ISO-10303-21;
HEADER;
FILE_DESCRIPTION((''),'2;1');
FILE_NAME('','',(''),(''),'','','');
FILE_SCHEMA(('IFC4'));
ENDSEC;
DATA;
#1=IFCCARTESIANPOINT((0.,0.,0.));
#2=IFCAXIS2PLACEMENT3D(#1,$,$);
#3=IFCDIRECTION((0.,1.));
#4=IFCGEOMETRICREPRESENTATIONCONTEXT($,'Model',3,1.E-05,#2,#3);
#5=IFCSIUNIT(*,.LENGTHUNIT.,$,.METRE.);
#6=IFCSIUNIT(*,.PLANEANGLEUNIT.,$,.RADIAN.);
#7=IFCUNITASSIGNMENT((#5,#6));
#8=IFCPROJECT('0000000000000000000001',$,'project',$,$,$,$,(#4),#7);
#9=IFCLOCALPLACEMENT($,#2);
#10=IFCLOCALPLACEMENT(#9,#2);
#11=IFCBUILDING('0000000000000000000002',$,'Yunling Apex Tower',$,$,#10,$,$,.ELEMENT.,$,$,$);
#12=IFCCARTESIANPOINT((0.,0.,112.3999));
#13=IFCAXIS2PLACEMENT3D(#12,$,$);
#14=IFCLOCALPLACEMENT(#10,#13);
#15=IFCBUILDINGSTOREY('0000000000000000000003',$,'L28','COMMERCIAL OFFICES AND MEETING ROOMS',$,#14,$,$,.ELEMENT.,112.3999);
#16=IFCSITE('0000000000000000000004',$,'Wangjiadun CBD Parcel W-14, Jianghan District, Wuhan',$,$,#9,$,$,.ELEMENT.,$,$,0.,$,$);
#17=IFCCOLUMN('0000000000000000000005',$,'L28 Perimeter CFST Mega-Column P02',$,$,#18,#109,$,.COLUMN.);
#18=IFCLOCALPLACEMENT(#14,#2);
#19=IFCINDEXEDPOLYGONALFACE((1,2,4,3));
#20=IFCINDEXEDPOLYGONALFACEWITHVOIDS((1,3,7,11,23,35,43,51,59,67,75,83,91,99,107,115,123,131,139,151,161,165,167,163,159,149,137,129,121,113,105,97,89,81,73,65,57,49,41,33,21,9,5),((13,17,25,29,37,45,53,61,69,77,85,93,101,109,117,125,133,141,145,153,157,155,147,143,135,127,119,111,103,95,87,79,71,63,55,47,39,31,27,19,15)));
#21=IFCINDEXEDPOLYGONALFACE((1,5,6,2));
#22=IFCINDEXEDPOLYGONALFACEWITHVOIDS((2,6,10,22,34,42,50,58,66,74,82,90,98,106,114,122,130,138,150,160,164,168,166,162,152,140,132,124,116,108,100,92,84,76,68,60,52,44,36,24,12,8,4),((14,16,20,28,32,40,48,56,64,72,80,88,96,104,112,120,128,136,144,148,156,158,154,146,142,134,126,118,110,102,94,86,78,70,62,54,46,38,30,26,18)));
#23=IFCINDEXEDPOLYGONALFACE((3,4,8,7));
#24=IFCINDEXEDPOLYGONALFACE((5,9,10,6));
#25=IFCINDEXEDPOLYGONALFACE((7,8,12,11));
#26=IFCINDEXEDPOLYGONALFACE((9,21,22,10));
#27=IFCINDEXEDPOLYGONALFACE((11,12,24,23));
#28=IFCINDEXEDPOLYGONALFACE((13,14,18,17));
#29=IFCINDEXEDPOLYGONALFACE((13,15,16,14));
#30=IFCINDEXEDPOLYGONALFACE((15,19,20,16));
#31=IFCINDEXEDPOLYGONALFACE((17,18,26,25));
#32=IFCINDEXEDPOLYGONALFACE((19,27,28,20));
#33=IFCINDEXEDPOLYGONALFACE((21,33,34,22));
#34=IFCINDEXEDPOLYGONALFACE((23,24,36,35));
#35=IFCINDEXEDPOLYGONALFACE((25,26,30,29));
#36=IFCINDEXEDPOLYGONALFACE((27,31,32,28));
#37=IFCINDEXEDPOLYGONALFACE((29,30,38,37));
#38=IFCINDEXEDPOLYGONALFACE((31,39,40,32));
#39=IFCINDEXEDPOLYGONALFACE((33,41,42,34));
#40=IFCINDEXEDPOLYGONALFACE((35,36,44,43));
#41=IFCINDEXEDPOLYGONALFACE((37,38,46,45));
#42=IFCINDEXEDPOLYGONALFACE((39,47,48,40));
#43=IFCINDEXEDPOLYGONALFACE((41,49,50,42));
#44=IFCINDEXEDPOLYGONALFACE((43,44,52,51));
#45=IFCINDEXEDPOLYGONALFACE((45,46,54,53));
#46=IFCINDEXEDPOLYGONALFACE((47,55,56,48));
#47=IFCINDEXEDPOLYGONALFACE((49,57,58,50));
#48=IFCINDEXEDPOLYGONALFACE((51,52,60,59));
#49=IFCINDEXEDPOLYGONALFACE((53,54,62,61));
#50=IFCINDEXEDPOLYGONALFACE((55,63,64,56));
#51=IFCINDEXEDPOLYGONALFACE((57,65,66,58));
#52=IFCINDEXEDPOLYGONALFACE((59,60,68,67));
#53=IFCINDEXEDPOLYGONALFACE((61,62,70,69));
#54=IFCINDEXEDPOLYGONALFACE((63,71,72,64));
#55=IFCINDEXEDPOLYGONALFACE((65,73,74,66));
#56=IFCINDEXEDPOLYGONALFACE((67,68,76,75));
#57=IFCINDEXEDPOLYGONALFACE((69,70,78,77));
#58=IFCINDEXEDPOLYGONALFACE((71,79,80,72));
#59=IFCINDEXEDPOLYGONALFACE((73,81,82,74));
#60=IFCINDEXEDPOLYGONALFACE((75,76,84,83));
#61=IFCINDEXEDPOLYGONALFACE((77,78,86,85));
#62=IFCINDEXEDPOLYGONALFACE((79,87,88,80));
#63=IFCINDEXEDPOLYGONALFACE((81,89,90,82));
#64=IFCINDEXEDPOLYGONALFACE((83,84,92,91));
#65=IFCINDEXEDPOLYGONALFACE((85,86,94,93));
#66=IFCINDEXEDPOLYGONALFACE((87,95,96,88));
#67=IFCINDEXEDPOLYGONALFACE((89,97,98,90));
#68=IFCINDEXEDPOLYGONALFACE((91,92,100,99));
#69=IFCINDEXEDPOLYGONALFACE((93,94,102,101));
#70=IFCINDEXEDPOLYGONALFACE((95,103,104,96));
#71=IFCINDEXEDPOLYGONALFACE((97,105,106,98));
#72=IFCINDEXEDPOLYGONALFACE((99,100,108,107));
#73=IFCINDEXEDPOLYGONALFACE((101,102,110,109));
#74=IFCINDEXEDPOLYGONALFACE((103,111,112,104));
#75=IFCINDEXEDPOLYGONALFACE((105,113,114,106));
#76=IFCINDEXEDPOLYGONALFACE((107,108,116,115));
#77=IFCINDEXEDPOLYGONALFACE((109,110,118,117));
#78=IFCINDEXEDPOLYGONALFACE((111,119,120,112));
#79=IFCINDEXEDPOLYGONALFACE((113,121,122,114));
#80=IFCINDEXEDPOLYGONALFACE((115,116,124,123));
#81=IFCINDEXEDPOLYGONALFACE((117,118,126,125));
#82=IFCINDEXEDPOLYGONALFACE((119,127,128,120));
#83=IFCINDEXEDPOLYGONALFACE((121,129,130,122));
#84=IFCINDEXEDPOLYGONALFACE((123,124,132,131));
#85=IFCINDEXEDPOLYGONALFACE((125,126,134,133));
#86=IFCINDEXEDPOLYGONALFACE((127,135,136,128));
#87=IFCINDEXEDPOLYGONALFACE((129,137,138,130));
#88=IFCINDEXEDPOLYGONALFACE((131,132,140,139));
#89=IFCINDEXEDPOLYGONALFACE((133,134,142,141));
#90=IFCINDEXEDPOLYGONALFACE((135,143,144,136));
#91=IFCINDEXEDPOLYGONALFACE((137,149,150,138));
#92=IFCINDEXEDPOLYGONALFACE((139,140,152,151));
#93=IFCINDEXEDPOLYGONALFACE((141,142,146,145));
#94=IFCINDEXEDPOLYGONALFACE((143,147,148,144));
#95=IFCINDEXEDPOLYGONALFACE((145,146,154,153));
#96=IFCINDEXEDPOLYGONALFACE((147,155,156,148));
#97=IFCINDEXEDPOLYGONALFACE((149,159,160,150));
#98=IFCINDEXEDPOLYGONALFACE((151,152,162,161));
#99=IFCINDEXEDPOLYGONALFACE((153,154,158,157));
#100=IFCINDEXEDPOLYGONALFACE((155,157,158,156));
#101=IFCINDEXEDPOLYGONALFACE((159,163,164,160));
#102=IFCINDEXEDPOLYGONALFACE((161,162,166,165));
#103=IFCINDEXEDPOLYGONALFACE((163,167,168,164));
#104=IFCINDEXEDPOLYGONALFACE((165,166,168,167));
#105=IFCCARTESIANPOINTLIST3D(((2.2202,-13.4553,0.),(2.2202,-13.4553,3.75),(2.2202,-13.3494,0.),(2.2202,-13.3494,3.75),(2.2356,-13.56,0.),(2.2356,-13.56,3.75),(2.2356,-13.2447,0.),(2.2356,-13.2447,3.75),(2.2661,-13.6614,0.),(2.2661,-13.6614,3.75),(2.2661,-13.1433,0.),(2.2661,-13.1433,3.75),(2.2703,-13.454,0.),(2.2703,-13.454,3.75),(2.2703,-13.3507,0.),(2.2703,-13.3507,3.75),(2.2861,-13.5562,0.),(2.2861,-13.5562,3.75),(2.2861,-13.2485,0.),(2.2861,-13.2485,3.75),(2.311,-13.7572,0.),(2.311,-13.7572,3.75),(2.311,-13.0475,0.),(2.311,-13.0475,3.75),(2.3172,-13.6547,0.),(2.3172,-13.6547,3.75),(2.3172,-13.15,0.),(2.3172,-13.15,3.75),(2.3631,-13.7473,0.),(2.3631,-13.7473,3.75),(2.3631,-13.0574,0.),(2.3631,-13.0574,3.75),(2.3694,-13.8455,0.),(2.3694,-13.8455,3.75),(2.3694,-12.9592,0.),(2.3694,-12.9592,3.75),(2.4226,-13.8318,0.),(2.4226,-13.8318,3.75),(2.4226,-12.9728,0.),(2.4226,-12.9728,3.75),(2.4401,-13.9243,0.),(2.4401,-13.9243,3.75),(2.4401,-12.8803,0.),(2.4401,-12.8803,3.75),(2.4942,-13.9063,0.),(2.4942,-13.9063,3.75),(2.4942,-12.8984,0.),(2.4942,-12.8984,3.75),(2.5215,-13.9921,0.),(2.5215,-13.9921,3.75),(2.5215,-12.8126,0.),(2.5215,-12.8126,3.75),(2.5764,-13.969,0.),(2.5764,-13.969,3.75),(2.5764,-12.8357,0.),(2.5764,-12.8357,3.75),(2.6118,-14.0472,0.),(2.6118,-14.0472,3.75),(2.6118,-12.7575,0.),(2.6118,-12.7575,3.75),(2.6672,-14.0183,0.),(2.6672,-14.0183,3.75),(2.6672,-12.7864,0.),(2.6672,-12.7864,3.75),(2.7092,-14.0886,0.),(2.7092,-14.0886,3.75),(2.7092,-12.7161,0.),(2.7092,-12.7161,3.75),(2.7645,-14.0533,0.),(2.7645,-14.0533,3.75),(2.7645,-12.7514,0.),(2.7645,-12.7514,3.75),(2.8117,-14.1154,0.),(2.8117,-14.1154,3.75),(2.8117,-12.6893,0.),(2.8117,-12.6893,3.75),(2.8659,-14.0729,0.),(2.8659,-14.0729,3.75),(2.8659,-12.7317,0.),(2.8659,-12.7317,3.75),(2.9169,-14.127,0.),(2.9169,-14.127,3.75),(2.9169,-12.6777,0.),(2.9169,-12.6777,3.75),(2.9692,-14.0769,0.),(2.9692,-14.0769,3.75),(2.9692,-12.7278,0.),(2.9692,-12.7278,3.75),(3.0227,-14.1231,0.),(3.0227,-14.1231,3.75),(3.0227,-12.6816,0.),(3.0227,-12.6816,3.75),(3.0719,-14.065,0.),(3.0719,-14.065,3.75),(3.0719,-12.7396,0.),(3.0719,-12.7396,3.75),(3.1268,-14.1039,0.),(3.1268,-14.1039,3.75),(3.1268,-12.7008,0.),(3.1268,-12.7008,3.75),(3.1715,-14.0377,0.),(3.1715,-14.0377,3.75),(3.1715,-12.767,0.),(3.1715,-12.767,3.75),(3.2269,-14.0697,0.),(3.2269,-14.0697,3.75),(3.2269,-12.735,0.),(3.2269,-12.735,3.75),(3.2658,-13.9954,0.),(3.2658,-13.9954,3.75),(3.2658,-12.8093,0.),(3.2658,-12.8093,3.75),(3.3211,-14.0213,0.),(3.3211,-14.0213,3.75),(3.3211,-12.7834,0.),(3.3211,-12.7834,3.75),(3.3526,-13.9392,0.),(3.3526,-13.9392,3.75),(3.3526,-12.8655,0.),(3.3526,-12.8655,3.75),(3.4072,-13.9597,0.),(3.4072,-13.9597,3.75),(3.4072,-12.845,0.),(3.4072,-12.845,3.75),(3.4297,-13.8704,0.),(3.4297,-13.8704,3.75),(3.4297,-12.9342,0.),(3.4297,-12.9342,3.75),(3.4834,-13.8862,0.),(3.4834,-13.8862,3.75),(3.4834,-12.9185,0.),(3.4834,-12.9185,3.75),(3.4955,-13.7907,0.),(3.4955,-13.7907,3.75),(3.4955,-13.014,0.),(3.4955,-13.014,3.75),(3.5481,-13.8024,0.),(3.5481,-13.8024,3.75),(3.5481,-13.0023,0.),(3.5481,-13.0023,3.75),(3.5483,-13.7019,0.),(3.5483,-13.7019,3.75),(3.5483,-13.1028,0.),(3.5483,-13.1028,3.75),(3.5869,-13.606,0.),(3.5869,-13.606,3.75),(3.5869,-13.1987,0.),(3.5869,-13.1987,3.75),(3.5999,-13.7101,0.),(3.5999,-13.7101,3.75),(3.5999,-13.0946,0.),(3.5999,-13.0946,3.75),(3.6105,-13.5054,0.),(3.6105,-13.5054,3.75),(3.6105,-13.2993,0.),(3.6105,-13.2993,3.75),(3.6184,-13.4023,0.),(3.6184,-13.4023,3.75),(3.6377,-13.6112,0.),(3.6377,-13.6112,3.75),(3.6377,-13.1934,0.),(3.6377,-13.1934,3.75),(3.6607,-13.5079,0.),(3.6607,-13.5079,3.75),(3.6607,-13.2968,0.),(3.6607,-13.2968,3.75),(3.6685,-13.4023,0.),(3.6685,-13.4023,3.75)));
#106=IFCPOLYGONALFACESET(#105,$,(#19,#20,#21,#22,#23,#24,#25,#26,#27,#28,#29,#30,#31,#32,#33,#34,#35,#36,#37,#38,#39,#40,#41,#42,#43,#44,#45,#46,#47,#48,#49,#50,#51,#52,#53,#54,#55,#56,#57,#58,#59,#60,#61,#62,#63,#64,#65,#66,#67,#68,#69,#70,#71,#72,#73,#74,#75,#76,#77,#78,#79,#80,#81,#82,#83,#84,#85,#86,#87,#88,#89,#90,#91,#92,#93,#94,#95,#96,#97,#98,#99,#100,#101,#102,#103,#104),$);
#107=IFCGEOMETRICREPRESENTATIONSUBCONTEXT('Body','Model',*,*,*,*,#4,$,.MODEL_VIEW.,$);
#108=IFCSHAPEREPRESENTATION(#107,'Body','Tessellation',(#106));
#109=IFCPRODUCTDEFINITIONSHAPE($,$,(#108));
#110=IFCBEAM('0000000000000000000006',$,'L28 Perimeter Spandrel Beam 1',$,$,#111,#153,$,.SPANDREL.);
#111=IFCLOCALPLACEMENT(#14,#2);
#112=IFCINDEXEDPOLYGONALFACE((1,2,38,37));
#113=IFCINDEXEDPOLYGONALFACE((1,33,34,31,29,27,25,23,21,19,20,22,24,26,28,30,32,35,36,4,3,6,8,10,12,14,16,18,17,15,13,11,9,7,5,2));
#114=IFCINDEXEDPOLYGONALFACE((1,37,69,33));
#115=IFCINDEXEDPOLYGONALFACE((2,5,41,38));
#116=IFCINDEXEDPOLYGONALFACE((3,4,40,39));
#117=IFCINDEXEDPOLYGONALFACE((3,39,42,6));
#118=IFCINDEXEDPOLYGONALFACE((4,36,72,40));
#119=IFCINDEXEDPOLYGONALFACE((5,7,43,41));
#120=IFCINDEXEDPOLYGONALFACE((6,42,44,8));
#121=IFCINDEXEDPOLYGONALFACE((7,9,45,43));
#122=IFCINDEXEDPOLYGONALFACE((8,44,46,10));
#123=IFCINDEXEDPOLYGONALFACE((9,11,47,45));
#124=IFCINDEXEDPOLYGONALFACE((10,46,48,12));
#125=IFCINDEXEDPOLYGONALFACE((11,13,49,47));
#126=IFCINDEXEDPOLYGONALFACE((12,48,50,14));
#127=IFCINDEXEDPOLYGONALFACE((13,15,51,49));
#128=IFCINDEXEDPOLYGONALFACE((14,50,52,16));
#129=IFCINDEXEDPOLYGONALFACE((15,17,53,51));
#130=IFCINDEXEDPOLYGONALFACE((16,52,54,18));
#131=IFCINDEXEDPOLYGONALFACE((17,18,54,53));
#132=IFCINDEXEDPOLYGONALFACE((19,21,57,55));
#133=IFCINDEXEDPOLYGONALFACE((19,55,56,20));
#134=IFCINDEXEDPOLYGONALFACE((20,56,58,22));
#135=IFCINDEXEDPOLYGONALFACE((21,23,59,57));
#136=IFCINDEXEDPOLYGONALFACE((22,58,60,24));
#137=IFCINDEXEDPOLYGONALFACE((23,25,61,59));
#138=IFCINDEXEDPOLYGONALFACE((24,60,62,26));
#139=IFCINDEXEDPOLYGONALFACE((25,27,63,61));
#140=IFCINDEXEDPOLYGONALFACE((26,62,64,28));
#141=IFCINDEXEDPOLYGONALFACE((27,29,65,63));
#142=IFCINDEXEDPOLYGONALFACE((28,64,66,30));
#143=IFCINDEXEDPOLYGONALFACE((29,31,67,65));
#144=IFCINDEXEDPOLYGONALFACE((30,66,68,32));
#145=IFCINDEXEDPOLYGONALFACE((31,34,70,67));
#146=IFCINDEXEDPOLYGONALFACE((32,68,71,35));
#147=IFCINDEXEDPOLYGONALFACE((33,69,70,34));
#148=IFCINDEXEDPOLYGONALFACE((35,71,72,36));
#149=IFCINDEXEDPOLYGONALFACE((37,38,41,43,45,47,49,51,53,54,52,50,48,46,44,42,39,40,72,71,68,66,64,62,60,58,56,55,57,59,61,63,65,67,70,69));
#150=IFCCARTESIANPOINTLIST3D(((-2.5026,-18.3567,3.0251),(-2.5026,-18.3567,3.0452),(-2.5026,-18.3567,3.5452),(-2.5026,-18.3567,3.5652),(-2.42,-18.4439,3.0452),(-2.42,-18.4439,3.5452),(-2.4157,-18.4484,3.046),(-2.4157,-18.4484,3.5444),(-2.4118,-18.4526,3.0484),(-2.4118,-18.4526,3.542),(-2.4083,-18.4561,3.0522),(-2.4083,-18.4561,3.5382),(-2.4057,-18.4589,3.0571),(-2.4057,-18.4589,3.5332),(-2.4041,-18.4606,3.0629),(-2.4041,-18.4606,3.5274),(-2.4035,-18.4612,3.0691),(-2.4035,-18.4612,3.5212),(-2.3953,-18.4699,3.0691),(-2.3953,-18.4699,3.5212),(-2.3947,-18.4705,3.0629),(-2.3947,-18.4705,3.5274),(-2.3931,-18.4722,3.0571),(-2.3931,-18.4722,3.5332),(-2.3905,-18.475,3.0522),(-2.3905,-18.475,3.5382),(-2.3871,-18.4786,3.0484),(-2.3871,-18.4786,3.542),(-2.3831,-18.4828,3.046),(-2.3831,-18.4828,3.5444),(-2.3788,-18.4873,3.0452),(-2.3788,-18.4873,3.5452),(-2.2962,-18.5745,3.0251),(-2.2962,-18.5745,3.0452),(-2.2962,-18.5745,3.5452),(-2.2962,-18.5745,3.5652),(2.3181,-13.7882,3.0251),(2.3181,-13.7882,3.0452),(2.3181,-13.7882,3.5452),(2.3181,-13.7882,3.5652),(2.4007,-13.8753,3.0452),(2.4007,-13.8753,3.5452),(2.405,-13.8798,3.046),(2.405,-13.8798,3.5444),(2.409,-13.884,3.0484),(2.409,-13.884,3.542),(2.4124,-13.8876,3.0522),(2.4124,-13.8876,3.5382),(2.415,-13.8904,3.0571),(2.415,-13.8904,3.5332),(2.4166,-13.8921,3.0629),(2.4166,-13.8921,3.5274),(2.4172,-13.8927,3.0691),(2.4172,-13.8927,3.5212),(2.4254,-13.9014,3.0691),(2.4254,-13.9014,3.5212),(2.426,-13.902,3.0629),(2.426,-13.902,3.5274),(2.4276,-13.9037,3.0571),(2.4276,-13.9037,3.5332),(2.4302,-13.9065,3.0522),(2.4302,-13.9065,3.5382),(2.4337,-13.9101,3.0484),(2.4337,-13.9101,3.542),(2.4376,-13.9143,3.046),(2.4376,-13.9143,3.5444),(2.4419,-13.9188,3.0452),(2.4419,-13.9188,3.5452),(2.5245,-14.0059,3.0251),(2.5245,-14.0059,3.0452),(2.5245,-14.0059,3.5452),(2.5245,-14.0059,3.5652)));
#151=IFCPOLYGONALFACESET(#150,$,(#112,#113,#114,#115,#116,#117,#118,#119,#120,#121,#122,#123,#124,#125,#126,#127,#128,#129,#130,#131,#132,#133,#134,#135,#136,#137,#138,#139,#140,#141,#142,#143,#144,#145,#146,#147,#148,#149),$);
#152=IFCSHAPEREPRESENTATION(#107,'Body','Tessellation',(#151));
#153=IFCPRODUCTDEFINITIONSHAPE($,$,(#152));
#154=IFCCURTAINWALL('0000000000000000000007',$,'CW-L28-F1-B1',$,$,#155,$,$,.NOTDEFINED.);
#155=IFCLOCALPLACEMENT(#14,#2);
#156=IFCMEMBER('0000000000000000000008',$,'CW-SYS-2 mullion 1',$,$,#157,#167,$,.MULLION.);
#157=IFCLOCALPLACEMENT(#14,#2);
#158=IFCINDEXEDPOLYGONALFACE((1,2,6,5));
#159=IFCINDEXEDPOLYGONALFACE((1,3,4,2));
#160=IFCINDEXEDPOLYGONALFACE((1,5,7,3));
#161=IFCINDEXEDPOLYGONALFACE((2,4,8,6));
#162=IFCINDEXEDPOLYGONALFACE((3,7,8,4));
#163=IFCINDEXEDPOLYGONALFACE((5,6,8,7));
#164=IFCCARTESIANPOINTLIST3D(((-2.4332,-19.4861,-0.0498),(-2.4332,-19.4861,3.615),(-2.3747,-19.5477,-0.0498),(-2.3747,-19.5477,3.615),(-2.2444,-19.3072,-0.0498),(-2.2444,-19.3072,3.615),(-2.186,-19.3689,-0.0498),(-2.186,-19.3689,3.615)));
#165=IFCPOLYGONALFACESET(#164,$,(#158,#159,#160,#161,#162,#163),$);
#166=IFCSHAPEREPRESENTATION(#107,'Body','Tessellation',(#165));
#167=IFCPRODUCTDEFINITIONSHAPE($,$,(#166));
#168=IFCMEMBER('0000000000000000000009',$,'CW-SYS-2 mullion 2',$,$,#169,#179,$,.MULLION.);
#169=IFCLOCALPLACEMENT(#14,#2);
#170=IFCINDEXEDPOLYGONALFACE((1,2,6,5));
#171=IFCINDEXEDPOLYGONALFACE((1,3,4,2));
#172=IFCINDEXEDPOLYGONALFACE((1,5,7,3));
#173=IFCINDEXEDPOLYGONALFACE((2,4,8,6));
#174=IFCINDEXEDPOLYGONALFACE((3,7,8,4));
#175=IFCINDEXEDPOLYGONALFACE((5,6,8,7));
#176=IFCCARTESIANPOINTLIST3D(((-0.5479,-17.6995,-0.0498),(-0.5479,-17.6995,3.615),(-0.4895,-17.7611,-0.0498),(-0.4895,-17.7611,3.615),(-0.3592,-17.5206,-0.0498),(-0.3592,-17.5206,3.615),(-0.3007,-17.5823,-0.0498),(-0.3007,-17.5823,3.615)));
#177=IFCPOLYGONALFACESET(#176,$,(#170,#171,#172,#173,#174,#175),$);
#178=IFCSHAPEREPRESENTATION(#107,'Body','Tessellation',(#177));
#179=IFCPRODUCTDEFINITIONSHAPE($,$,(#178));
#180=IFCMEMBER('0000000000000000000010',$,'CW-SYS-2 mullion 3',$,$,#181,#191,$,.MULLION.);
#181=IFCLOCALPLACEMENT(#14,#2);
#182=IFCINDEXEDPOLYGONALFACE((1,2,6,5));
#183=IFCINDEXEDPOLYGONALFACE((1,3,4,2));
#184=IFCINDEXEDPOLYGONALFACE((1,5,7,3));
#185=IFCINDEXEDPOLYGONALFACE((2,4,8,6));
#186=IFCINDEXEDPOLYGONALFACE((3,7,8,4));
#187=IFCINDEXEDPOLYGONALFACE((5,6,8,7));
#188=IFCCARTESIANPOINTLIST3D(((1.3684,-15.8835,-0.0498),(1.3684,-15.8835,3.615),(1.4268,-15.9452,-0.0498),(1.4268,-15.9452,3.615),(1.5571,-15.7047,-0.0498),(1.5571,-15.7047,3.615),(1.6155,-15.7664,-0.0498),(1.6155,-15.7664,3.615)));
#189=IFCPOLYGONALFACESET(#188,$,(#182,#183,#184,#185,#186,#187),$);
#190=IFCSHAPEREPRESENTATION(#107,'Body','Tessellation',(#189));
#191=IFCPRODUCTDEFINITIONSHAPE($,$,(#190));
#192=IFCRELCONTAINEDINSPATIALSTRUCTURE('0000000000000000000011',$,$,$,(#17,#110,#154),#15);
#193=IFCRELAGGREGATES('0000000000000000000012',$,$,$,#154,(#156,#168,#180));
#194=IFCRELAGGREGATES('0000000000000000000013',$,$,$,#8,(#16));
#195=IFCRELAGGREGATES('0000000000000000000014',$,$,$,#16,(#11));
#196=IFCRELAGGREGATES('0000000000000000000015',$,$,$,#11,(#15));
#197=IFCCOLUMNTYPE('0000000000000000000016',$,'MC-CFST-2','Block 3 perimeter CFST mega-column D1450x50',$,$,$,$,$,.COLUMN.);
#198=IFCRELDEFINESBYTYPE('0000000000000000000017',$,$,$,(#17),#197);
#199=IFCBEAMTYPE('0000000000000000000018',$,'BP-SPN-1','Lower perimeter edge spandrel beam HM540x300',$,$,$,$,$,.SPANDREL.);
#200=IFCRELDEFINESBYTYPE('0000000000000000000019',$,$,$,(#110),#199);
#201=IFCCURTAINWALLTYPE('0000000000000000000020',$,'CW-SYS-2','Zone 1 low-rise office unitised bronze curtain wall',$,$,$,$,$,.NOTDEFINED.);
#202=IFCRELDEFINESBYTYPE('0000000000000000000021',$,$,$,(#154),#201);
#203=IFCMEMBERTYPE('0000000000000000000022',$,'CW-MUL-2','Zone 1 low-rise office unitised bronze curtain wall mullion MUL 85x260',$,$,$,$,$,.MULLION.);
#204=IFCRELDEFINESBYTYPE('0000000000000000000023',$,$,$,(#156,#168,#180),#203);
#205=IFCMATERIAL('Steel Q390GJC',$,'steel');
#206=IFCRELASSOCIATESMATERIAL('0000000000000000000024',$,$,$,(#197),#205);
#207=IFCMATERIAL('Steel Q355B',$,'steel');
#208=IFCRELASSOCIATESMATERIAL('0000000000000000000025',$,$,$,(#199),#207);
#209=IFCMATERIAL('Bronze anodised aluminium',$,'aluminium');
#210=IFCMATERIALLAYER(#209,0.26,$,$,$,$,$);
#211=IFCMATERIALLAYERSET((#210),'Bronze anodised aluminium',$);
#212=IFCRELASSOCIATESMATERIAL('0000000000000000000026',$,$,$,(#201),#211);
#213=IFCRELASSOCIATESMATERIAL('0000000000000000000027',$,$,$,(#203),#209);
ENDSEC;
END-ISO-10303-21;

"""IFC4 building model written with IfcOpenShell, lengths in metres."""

from ifc_helpers import new_model, si_unit, direction, frame, origin, origin_2d, place, context, subcontext, project, spatial, rectangle, hollow_circle, i_section, extrude, source, transform, mapped, material, layer, layer_set, material_profile, profile_set, type_object, element, aggregate, save


model = new_model("IFC4")

# Units and contexts
model_context = context("Model", 3, precision=1e-05, world=origin(), true_north=direction((0.0, 1.0)))
body_context = subcontext(model_context, "Body", "Model", "MODEL_VIEW")
ifc_project = project(units=[si_unit("LENGTHUNIT", "METRE"), si_unit("PLANEANGLEUNIT", "RADIAN")], contexts=[model_context])

# Site, building, storey
site_placement = place(None, origin())
site = spatial("IfcSite", under=ifc_project, at=site_placement, Name="Wangjiadun CBD Parcel W-14, Jianghan District, Wuhan", CompositionType="ELEMENT", RefElevation=0.0)
building_placement = place(site_placement, origin())
building = spatial("IfcBuilding", under=site, at=building_placement, Name="Yunling Apex Tower", CompositionType="ELEMENT")
storey_placement = place(building_placement, frame((0.0, 0.0, 112.3999)))
storey = spatial("IfcBuildingStorey", under=building, at=storey_placement, Name="L28", Description="COMMERCIAL OFFICES AND MEETING ROOMS", CompositionType="ELEMENT", Elevation=112.3999)

# Column
ifc_material_1 = material(Name="Steel Q390GJC", Category="steel")
ifc_material_profile_1 = material_profile(ifc_material_1, hollow_circle(Radius=0.7251, WallThickness=0.05, at=origin_2d()))
ifc_profile_set_1 = profile_set([ifc_material_profile_1], Name="Steel Q390GJC")
column_type = type_object("IfcColumnType", Name="MC-CFST-2", Description="Block 3 perimeter CFST mega-column D1450x50", PredefinedType="COLUMN", material=ifc_profile_set_1)
shared_shape_1 = source(origin(), body_context, "Body", "SweptSolid", [
    extrude(hollow_circle(Radius=0.7251, WallThickness=0.05, at=origin_2d()), origin(), (0.0, 0.0, 1.0), 3.75),
])
column_placement = place(storey_placement, frame((2.9434, -13.4023, 0.0), z_axis=(0.0, 0.0, 1.0), x_axis=(1.0, 0.0, 0.0)))
element("IfcColumn", 1, at=column_placement, inside=storey, type_object=column_type, Name="L28 Perimeter CFST Mega-Column P02", PredefinedType="COLUMN", context=body_context, shape_type="MappedRepresentation", body=[
    mapped(shared_shape_1, transform((0.0, 0.0, 0.0), scale=1.0)),
])

# Beam
ifc_material_2 = material(Name="Steel Q355B", Category="steel")
ifc_material_profile_2 = material_profile(ifc_material_2, i_section(OverallWidth=0.3, OverallDepth=0.54, WebThickness=0.012, FlangeThickness=0.02, FilletRadius=0.0239, at=origin_2d()))
ifc_profile_set_2 = profile_set([ifc_material_profile_2], Name="Steel Q355B")
beam_type = type_object("IfcBeamType", Name="BP-SPN-1", Description="Lower perimeter edge spandrel beam HM540x300", PredefinedType="SPANDREL", material=ifc_profile_set_2)
shared_shape_2 = source(origin(), body_context, "Body", "SweptSolid", [
    extrude(i_section(OverallWidth=0.3, OverallDepth=0.54, WebThickness=0.012, FlangeThickness=0.02, FilletRadius=0.0239, at=origin_2d()), origin(), (0.0, 0.0, 1.0), 6.6416),
])
beam_placement = place(storey_placement, frame((-2.3994, -18.4656, 3.2952), z_axis=(0.725838, 0.687866, 0.0), x_axis=(-0.687866, 0.725838, 0.0)))
element("IfcBeam", 2, at=beam_placement, inside=storey, type_object=beam_type, Name="L28 Perimeter Spandrel Beam 1", PredefinedType="SPANDREL", context=body_context, shape_type="MappedRepresentation", body=[
    mapped(shared_shape_2, transform((0.0, 0.0, 0.0), scale=1.0)),
])

# Curtain wall, members
ifc_material_3 = material(Name="Bronze anodised aluminium", Category="aluminium")
ifc_layer_1 = layer(ifc_material_3, 0.26)
ifc_layer_set_1 = layer_set([ifc_layer_1], Name="Bronze anodised aluminium")
curtain_wall_type = type_object("IfcCurtainWallType", Name="CW-SYS-2", Description="Zone 1 low-rise office unitised bronze curtain wall", PredefinedType="NOTDEFINED", material=ifc_layer_set_1)
curtain_wall_1_placement = place(storey_placement, origin())
curtain_wall_1 = element("IfcCurtainWall", 3, at=curtain_wall_1_placement, inside=storey, type_object=curtain_wall_type, Name="CW-L28-F1-B1", PredefinedType="NOTDEFINED")
ifc_material_profile_3 = material_profile(ifc_material_3, rectangle(XDim=0.085, YDim=0.26, at=origin_2d()))
ifc_profile_set_3 = profile_set([ifc_material_profile_3], Name="Bronze anodised aluminium")
member_type_1 = type_object("IfcMemberType", Name="CW-MUL-2", Description="Zone 1 low-rise office unitised bronze curtain wall mullion MUL 85x260", PredefinedType="MULLION", material=ifc_profile_set_3)
shared_shape_3 = source(origin(), body_context, "Body", "SweptSolid", [
    extrude(rectangle(XDim=0.085, YDim=0.26, at=origin_2d()), origin(), (0.0, 0.0, 1.0), 3.6648),
])
member_1_placement = place(storey_placement, frame((-2.3096, -19.4275, -0.0498), z_axis=(0.0, 0.0, 1.0), x_axis=(-0.687861, 0.725842, 0.0)))
member_1 = element("IfcMember", 4, at=member_1_placement, type_object=member_type_1, Name="CW-SYS-2 mullion 1", PredefinedType="MULLION", context=body_context, shape_type="MappedRepresentation", body=[
    mapped(shared_shape_3, transform((0.0, 0.0, 0.0), scale=1.0)),
])
member_2_placement = place(storey_placement, frame((-0.4243, -17.6409, -0.0498), z_axis=(0.0, 0.0, 1.0), x_axis=(-0.687861, 0.725842, 0.0)))
member_2 = element("IfcMember", 5, at=member_2_placement, type_object=member_type_1, Name="CW-SYS-2 mullion 2", PredefinedType="MULLION", context=body_context, shape_type="MappedRepresentation", body=[
    mapped(shared_shape_3, transform((0.0, 0.0, 0.0), scale=1.0)),
])
member_3_placement = place(storey_placement, frame((1.4919, -15.825, -0.0498), z_axis=(0.0, 0.0, 1.0), x_axis=(-0.687861, 0.725842, 0.0)))
member_3 = element("IfcMember", 6, at=member_3_placement, type_object=member_type_1, Name="CW-SYS-2 mullion 3", PredefinedType="MULLION", context=body_context, shape_type="MappedRepresentation", body=[
    mapped(shared_shape_3, transform((0.0, 0.0, 0.0), scale=1.0)),
])

aggregate(curtain_wall_1, [member_1, member_2, member_3])

save(model, "model.ifc")
